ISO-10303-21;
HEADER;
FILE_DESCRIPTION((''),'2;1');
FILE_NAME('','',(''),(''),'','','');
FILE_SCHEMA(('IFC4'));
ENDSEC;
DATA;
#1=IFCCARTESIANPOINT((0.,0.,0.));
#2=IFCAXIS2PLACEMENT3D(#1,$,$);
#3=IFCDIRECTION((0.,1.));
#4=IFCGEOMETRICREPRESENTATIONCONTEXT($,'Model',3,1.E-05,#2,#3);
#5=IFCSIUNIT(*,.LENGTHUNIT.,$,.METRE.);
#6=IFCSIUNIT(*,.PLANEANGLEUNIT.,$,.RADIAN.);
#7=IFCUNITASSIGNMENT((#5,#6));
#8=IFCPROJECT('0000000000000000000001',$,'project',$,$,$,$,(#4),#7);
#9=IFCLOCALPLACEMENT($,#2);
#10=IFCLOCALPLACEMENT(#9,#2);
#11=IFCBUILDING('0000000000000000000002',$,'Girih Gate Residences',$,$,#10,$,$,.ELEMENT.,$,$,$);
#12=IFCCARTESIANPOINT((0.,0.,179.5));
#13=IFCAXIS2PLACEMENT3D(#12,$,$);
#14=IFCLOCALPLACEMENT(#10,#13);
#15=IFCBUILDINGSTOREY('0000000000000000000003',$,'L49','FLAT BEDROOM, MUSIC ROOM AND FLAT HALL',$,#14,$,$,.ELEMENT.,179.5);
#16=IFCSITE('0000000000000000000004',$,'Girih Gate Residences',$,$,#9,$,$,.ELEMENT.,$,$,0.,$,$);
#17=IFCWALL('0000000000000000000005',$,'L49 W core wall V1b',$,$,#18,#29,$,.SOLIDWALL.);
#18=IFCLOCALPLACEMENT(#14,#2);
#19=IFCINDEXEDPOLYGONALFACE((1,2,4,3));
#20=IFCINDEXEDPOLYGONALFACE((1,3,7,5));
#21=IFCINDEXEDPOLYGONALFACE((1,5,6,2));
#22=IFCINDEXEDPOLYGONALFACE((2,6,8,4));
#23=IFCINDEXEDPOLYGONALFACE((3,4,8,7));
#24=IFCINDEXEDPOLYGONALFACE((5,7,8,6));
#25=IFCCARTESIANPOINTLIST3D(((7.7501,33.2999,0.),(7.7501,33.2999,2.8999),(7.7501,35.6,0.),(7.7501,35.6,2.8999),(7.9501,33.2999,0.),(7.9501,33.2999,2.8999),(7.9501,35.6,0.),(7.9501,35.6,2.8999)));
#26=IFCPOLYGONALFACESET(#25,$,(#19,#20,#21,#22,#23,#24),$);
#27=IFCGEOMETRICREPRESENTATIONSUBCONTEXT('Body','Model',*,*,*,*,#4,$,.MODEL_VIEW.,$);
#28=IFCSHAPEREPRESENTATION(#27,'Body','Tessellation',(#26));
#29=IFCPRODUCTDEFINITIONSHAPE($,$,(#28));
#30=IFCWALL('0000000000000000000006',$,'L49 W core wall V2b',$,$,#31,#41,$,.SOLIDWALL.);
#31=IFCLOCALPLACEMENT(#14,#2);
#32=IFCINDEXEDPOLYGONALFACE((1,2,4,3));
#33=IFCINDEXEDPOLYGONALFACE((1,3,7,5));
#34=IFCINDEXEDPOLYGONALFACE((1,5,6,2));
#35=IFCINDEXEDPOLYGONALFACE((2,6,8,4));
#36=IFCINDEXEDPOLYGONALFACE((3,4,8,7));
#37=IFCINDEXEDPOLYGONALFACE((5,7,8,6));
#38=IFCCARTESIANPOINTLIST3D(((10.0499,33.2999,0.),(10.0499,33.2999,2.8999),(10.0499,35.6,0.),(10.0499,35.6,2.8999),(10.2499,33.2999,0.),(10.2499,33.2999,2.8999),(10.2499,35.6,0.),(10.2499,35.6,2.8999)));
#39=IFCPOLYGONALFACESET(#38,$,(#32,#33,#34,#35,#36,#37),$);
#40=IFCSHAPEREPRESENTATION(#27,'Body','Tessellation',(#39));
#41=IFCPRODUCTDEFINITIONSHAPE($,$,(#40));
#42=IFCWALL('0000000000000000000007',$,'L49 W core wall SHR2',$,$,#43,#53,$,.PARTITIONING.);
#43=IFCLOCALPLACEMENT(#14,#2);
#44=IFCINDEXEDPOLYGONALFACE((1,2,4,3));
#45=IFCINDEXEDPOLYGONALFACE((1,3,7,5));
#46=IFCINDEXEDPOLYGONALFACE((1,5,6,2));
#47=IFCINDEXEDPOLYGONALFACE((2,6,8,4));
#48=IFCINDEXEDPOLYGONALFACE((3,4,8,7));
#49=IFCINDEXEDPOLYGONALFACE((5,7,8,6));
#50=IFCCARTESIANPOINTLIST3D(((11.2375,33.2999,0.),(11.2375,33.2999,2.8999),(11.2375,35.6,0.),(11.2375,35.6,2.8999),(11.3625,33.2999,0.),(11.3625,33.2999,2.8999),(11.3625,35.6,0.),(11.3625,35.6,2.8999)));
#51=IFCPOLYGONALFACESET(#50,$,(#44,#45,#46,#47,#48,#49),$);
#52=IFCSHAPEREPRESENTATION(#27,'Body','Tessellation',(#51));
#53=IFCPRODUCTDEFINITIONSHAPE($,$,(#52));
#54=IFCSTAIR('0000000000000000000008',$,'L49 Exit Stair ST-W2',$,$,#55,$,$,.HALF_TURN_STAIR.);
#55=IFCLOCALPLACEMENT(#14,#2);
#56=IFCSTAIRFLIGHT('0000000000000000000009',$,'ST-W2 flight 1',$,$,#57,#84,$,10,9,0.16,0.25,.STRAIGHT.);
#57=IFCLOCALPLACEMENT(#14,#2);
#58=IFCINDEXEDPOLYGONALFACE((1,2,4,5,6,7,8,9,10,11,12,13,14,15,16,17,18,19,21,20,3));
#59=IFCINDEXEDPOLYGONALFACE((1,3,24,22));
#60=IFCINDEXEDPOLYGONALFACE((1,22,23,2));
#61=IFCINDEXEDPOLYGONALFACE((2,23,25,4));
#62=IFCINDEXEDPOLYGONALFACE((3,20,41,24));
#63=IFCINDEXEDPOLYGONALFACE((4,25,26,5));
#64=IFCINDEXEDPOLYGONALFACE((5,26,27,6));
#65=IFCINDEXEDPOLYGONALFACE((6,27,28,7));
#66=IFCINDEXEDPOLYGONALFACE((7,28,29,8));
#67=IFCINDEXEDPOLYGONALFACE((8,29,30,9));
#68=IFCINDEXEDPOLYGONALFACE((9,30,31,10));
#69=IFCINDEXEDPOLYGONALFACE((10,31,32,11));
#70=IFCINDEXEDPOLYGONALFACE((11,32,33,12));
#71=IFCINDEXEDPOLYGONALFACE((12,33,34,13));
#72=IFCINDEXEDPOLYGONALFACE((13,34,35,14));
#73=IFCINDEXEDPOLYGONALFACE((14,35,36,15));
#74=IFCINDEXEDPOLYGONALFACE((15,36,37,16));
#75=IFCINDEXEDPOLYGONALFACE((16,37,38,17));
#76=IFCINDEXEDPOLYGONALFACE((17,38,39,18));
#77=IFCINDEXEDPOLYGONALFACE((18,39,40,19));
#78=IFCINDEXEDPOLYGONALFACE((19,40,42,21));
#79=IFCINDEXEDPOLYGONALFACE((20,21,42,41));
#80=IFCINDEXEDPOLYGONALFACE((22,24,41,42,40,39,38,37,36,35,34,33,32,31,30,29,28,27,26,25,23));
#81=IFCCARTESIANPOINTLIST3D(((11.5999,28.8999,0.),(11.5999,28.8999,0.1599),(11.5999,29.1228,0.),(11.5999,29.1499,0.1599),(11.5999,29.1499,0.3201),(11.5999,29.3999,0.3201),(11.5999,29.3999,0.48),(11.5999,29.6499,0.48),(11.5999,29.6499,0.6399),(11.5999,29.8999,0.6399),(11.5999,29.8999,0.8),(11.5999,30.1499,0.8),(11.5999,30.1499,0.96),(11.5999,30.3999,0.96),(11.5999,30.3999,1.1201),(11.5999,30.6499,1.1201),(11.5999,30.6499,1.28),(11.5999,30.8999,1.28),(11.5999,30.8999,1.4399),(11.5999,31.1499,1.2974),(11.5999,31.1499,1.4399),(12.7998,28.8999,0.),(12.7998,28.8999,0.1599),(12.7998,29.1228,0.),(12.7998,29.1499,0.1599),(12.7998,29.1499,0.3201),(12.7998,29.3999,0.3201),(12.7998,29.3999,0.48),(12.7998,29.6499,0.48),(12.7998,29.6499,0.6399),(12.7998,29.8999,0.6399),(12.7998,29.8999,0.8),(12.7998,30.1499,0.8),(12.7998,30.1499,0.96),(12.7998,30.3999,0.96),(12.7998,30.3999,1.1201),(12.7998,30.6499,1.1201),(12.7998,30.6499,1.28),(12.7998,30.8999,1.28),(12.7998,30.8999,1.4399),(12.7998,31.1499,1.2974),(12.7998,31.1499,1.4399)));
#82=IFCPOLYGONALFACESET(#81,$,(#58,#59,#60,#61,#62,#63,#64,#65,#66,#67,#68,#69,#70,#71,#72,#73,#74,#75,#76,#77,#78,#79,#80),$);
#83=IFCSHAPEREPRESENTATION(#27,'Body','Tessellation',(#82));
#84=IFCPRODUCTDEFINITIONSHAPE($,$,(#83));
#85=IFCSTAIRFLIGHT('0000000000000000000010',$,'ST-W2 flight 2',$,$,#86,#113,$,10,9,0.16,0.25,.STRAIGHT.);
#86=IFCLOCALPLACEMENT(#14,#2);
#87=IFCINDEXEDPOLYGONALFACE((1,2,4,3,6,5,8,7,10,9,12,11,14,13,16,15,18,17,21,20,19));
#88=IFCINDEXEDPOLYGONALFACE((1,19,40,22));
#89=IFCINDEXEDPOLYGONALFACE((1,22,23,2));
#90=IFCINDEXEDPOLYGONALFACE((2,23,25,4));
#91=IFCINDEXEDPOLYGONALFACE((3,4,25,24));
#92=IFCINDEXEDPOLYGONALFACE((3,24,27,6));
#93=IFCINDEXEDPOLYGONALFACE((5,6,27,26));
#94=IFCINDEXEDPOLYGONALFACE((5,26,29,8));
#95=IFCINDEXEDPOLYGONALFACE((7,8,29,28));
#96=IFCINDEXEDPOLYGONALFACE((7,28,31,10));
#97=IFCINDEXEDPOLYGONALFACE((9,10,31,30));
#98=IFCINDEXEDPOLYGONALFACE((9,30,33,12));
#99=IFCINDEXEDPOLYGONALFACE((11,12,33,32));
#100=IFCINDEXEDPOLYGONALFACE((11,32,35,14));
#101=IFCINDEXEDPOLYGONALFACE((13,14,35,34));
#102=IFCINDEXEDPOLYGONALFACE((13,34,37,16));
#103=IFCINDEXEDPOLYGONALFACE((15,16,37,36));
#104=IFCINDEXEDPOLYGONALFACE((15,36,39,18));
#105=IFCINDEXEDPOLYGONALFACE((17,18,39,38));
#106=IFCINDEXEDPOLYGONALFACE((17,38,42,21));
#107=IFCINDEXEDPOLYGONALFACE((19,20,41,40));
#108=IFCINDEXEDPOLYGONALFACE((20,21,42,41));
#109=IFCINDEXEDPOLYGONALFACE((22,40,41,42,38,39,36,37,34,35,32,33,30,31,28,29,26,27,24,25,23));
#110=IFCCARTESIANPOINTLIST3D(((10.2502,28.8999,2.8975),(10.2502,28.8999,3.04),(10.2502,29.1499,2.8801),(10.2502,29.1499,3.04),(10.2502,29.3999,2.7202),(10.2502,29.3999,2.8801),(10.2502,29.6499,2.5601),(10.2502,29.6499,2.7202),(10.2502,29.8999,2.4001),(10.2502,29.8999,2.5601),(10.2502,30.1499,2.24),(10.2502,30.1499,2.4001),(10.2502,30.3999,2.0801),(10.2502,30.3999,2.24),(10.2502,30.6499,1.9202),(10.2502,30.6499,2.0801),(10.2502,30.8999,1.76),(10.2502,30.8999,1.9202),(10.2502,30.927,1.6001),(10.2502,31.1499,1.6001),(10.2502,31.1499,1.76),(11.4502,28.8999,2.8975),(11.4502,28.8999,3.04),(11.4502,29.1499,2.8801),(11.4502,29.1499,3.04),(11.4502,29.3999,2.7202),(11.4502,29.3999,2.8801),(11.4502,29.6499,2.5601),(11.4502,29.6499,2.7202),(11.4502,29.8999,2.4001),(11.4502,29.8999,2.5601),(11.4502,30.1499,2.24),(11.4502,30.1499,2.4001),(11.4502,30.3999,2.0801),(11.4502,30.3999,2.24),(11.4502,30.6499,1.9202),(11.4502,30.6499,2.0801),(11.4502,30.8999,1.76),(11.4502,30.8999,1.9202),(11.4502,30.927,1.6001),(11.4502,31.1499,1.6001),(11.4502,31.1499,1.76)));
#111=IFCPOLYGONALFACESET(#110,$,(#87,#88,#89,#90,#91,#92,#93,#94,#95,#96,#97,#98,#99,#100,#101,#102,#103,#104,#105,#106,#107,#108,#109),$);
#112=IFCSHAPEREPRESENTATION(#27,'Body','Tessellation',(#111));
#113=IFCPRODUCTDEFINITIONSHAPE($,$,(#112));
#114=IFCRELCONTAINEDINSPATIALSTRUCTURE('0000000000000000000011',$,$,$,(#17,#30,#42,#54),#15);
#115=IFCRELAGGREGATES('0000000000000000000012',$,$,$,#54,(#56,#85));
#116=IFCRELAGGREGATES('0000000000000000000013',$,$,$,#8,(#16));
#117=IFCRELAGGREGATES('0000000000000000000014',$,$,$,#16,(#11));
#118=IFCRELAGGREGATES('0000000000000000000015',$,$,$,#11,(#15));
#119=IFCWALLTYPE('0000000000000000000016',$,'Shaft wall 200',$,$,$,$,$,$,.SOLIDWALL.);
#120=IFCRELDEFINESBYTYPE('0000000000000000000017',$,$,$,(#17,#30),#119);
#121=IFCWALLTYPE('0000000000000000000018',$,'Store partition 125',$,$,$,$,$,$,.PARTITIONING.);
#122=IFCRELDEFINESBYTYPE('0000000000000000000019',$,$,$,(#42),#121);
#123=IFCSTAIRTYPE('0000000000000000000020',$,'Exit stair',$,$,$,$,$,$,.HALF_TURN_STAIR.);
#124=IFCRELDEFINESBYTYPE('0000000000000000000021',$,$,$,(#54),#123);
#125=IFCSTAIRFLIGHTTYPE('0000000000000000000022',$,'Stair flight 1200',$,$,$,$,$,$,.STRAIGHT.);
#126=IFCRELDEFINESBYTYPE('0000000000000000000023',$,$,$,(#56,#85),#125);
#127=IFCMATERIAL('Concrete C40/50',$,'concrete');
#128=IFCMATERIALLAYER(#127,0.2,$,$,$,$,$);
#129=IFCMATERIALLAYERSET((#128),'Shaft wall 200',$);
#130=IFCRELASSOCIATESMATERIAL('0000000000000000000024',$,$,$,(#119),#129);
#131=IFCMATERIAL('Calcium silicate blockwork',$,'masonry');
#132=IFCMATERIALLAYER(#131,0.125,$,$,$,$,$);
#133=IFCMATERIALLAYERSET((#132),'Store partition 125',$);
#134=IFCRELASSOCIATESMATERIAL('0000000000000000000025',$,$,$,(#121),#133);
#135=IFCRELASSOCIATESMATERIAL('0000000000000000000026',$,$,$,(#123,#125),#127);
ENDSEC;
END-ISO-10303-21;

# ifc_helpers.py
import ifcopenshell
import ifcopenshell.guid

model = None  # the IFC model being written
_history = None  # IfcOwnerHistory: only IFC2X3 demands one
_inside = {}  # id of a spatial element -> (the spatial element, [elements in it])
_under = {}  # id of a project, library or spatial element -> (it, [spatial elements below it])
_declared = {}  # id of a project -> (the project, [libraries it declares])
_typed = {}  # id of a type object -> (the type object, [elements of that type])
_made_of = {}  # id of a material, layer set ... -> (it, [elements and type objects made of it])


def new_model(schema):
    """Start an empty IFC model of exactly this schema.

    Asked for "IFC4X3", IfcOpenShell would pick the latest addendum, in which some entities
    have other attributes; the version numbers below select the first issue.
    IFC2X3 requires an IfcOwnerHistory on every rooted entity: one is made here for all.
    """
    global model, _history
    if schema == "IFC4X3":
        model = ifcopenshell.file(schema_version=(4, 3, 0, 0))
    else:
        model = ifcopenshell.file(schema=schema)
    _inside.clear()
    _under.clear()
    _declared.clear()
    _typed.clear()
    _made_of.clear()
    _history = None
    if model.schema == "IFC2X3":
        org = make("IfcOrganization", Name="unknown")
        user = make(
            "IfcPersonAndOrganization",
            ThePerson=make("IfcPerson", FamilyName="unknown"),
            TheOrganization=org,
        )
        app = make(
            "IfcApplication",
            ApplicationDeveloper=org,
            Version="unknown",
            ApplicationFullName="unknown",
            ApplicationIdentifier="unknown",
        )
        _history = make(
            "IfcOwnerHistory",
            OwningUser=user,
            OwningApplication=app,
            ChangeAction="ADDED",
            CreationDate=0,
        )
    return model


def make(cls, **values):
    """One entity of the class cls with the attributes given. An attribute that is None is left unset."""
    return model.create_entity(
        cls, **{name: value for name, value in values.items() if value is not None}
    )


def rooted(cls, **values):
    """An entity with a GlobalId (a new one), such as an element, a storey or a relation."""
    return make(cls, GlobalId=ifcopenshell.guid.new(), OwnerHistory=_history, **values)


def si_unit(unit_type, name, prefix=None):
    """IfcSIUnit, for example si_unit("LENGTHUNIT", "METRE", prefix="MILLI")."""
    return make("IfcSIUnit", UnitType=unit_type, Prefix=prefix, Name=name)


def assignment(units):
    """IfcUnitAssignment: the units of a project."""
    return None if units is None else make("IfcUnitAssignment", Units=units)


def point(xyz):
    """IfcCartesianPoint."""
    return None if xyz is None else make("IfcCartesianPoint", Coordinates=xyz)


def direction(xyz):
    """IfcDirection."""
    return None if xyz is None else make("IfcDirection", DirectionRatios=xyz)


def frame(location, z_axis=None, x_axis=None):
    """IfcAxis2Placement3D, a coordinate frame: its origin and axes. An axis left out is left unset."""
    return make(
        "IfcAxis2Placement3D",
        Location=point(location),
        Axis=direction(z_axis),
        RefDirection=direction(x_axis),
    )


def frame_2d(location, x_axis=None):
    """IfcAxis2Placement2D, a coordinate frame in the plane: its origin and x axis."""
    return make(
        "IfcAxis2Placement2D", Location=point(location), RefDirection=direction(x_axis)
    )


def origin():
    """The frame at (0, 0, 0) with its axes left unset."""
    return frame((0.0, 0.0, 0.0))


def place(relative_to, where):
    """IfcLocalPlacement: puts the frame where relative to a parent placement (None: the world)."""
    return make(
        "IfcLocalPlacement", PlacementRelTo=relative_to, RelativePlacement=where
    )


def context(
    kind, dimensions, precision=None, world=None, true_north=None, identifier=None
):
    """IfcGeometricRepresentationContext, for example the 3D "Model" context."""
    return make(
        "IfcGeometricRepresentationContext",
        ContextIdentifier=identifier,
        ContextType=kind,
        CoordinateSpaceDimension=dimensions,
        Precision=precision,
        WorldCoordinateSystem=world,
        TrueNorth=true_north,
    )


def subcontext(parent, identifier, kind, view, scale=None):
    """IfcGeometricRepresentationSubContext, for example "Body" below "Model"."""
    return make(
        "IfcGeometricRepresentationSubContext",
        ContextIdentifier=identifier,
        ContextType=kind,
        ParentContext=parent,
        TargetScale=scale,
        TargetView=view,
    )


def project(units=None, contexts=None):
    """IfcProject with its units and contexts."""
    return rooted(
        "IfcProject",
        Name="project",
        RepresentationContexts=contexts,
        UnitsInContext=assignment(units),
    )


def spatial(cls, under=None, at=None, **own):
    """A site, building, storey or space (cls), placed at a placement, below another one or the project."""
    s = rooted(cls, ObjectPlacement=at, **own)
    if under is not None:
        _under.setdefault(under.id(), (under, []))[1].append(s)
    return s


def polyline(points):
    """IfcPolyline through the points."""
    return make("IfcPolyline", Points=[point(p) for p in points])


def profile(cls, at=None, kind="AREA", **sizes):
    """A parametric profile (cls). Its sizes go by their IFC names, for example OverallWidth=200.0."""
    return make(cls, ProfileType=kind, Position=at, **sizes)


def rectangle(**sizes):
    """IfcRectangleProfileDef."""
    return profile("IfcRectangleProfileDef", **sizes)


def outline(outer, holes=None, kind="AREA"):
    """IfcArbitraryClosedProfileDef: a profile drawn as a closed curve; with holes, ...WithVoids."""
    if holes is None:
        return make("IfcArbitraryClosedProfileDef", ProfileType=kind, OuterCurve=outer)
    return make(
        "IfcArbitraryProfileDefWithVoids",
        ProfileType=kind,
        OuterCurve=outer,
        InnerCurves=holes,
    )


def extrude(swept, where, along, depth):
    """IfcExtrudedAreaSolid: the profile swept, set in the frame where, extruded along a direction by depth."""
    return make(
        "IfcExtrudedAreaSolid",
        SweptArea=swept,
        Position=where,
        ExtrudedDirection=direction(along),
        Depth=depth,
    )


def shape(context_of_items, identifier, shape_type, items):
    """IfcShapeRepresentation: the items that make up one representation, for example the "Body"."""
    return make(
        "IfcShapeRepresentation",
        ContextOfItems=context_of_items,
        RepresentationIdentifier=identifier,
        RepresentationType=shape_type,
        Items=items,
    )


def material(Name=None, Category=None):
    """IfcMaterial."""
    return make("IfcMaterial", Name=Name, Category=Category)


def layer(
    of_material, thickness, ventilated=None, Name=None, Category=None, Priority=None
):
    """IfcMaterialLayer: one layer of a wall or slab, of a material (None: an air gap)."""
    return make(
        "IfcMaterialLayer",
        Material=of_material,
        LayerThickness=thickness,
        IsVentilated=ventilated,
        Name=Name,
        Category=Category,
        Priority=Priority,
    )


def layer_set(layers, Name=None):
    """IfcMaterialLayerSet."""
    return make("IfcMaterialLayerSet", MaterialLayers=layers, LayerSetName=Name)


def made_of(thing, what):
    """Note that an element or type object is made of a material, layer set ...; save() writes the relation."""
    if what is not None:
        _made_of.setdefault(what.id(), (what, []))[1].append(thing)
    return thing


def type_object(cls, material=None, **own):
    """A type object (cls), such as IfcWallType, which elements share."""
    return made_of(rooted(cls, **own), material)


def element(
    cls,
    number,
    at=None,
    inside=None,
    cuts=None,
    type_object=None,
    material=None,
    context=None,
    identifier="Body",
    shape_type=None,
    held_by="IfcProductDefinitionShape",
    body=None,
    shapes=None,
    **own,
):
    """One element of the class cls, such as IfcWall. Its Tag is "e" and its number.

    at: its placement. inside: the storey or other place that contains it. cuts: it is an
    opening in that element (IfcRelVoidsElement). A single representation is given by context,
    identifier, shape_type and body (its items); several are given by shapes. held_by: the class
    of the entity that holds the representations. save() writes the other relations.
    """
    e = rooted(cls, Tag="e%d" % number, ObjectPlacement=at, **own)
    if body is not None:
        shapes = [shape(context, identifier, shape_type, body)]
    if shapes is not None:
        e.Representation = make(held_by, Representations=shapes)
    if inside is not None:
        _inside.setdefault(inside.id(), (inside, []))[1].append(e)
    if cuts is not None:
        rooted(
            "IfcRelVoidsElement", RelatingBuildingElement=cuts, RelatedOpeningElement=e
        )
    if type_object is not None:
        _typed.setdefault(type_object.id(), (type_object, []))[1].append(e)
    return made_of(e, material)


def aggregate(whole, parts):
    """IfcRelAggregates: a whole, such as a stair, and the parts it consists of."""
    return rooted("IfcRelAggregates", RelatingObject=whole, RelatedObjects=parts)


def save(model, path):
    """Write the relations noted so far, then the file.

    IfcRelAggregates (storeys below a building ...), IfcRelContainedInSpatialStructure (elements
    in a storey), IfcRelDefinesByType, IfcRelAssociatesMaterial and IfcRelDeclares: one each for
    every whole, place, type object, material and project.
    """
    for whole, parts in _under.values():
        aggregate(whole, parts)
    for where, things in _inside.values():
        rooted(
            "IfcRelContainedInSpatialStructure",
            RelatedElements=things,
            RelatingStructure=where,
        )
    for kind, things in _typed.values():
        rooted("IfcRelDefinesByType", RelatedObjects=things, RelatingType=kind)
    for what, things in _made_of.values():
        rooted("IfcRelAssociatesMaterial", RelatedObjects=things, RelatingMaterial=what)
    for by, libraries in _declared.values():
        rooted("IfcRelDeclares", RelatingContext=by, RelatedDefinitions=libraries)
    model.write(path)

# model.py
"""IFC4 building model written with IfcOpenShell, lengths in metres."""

from ifc_helpers import new_model, si_unit, direction, frame, frame_2d, origin, place, context, subcontext, project, spatial, polyline, rectangle, outline, extrude, material, layer, layer_set, type_object, element, aggregate, save


model = new_model("IFC4")

# Units and contexts
model_context = context("Model", 3, precision=1e-05, world=origin(), true_north=direction((0.0, 1.0)))
body_context = subcontext(model_context, "Body", "Model", "MODEL_VIEW")
ifc_project = project(units=[si_unit("LENGTHUNIT", "METRE"), si_unit("PLANEANGLEUNIT", "RADIAN")], contexts=[model_context])

# Site, building, storey
site_placement = place(None, origin())
site = spatial("IfcSite", under=ifc_project, at=site_placement, Name="Girih Gate Residences", CompositionType="ELEMENT", RefElevation=0.0)
building_placement = place(site_placement, origin())
building = spatial("IfcBuilding", under=site, at=building_placement, Name="Girih Gate Residences", CompositionType="ELEMENT")
storey_placement = place(building_placement, frame((0.0, 0.0, 179.5)))
storey = spatial("IfcBuildingStorey", under=building, at=storey_placement, Name="L49", Description="FLAT BEDROOM, MUSIC ROOM AND FLAT HALL", CompositionType="ELEMENT", Elevation=179.5)

# Shared definitions
ifc_material_1 = material(Name="Concrete C40/50", Category="concrete")

# Shared definitions
ifc_layer_1 = layer(ifc_material_1, 0.2)
ifc_layer_set_1 = layer_set([ifc_layer_1], Name="Shaft wall 200")
wall_type_1 = type_object("IfcWallType", Name="Shaft wall 200", PredefinedType="SOLIDWALL", material=ifc_layer_set_1)

# Walls
for number, where, z_axis, x_axis, name in (
    (1, (7.8501, 33.3, 0.0), (0.0, 0.0, 1.0), (0.0, 1.0, 0.0), "L49 W core wall V1b"),
    (2, (10.1499, 33.3, 0.0), (0.0, 0.0, 1.0), (0.0, 1.0, 0.0), "L49 W core wall V2b"),
):
    element("IfcWall", number, at=place(storey_placement, frame(where, z_axis=z_axis, x_axis=x_axis)), inside=storey, type_object=wall_type_1, Name=name, PredefinedType="SOLIDWALL", context=body_context, shape_type="SweptSolid", body=[
        extrude(rectangle(XDim=2.3, YDim=0.2, at=frame_2d((1.1499, 0.0))), origin(), (0.0, 0.0, 1.0), 2.8999),
    ])
ifc_material_2 = material(Name="Calcium silicate blockwork", Category="masonry")
ifc_layer_2 = layer(ifc_material_2, 0.125)
ifc_layer_set_2 = layer_set([ifc_layer_2], Name="Store partition 125")
wall_type_2 = type_object("IfcWallType", Name="Store partition 125", PredefinedType="PARTITIONING", material=ifc_layer_set_2)
wall_1_placement = place(storey_placement, frame((11.3, 33.3, 0.0), z_axis=(0.0, 0.0, 1.0), x_axis=(0.0, 1.0, 0.0)))
element("IfcWall", 3, at=wall_1_placement, inside=storey, type_object=wall_type_2, Name="L49 W core wall SHR2", PredefinedType="PARTITIONING", context=body_context, shape_type="SweptSolid", body=[
    extrude(rectangle(XDim=2.3, YDim=0.125, at=frame_2d((1.1499, 0.0))), origin(), (0.0, 0.0, 1.0), 2.8999),
])

# Stair, stair flights
stair_type = type_object("IfcStairType", Name="Exit stair", PredefinedType="HALF_TURN_STAIR", material=ifc_material_1)
stair_placement = place(storey_placement, origin())
stair = element("IfcStair", 4, at=stair_placement, inside=storey, type_object=stair_type, Name="L49 Exit Stair ST-W2", PredefinedType="HALF_TURN_STAIR")
stair_flight_type = type_object("IfcStairFlightType", Name="Stair flight 1200", PredefinedType="STRAIGHT", material=ifc_material_1)
stair_flight_1_placement = place(storey_placement, frame((12.2, 28.8999, 0.0), z_axis=(0.0, 0.0, 1.0), x_axis=(0.0, 1.0, 0.0)))
stair_flight_1 = element("IfcStairFlight", 5, at=stair_flight_1_placement, type_object=stair_flight_type, Name="ST-W2 flight 1", NumberOfRisers=10, NumberOfTreads=9, PredefinedType="STRAIGHT", RiserHeight=0.16, TreadLength=0.25, context=body_context, shape_type="SweptSolid", body=[
    extrude(outline(polyline([(0.0, 0.0), (0.0, 0.1599), (0.25, 0.1599), (0.25, 0.3201), (0.5, 0.3201), (0.5, 0.48), (0.75, 0.48), (0.75, 0.6399), (1.0, 0.6399), (1.0, 0.8), (1.25, 0.8), (1.25, 0.96), (1.5, 0.96), (1.5, 1.1201), (1.75, 1.1201), (1.75, 1.28), (2.0, 1.28), (2.0, 1.4399), (2.25, 1.4399), (2.25, 1.6001), (2.25, 1.2974), (0.2229, 0.0), (0.0, 0.0)])), frame((0.0, 0.6001, 0.0), z_axis=(0.0, -1.0, 0.0), x_axis=(1.0, 0.0, 0.0)), (0.0, 0.0, 1.0), 1.2),
])
stair_flight_2_placement = place(storey_placement, frame((10.8501, 31.1499, 1.6001), z_axis=(0.0, 0.0, 1.0), x_axis=(0.0, -1.0, 0.0)))
stair_flight_2 = element("IfcStairFlight", 6, at=stair_flight_2_placement, type_object=stair_flight_type, Name="ST-W2 flight 2", NumberOfRisers=10, NumberOfTreads=9, PredefinedType="STRAIGHT", RiserHeight=0.16, TreadLength=0.25, context=body_context, shape_type="SweptSolid", body=[
    extrude(outline(polyline([(0.0, 0.0), (0.0, 0.1599), (0.25, 0.1599), (0.25, 0.3201), (0.5, 0.3201), (0.5, 0.48), (0.75, 0.48), (0.75, 0.6399), (1.0, 0.6399), (1.0, 0.8), (1.25, 0.8), (1.25, 0.96), (1.5, 0.96), (1.5, 1.1201), (1.75, 1.1201), (1.75, 1.28), (2.0, 1.28), (2.0, 1.4399), (2.25, 1.4399), (2.25, 1.6001), (2.25, 1.2974), (0.2229, 0.0), (0.0, 0.0)])), frame((0.0, 0.6001, 0.0), z_axis=(0.0, -1.0, 0.0), x_axis=(1.0, 0.0, 0.0)), (0.0, 0.0, 1.0), 1.2),
])
aggregate(stair, [stair_flight_1, stair_flight_2])

save(model, "model.ifc")
